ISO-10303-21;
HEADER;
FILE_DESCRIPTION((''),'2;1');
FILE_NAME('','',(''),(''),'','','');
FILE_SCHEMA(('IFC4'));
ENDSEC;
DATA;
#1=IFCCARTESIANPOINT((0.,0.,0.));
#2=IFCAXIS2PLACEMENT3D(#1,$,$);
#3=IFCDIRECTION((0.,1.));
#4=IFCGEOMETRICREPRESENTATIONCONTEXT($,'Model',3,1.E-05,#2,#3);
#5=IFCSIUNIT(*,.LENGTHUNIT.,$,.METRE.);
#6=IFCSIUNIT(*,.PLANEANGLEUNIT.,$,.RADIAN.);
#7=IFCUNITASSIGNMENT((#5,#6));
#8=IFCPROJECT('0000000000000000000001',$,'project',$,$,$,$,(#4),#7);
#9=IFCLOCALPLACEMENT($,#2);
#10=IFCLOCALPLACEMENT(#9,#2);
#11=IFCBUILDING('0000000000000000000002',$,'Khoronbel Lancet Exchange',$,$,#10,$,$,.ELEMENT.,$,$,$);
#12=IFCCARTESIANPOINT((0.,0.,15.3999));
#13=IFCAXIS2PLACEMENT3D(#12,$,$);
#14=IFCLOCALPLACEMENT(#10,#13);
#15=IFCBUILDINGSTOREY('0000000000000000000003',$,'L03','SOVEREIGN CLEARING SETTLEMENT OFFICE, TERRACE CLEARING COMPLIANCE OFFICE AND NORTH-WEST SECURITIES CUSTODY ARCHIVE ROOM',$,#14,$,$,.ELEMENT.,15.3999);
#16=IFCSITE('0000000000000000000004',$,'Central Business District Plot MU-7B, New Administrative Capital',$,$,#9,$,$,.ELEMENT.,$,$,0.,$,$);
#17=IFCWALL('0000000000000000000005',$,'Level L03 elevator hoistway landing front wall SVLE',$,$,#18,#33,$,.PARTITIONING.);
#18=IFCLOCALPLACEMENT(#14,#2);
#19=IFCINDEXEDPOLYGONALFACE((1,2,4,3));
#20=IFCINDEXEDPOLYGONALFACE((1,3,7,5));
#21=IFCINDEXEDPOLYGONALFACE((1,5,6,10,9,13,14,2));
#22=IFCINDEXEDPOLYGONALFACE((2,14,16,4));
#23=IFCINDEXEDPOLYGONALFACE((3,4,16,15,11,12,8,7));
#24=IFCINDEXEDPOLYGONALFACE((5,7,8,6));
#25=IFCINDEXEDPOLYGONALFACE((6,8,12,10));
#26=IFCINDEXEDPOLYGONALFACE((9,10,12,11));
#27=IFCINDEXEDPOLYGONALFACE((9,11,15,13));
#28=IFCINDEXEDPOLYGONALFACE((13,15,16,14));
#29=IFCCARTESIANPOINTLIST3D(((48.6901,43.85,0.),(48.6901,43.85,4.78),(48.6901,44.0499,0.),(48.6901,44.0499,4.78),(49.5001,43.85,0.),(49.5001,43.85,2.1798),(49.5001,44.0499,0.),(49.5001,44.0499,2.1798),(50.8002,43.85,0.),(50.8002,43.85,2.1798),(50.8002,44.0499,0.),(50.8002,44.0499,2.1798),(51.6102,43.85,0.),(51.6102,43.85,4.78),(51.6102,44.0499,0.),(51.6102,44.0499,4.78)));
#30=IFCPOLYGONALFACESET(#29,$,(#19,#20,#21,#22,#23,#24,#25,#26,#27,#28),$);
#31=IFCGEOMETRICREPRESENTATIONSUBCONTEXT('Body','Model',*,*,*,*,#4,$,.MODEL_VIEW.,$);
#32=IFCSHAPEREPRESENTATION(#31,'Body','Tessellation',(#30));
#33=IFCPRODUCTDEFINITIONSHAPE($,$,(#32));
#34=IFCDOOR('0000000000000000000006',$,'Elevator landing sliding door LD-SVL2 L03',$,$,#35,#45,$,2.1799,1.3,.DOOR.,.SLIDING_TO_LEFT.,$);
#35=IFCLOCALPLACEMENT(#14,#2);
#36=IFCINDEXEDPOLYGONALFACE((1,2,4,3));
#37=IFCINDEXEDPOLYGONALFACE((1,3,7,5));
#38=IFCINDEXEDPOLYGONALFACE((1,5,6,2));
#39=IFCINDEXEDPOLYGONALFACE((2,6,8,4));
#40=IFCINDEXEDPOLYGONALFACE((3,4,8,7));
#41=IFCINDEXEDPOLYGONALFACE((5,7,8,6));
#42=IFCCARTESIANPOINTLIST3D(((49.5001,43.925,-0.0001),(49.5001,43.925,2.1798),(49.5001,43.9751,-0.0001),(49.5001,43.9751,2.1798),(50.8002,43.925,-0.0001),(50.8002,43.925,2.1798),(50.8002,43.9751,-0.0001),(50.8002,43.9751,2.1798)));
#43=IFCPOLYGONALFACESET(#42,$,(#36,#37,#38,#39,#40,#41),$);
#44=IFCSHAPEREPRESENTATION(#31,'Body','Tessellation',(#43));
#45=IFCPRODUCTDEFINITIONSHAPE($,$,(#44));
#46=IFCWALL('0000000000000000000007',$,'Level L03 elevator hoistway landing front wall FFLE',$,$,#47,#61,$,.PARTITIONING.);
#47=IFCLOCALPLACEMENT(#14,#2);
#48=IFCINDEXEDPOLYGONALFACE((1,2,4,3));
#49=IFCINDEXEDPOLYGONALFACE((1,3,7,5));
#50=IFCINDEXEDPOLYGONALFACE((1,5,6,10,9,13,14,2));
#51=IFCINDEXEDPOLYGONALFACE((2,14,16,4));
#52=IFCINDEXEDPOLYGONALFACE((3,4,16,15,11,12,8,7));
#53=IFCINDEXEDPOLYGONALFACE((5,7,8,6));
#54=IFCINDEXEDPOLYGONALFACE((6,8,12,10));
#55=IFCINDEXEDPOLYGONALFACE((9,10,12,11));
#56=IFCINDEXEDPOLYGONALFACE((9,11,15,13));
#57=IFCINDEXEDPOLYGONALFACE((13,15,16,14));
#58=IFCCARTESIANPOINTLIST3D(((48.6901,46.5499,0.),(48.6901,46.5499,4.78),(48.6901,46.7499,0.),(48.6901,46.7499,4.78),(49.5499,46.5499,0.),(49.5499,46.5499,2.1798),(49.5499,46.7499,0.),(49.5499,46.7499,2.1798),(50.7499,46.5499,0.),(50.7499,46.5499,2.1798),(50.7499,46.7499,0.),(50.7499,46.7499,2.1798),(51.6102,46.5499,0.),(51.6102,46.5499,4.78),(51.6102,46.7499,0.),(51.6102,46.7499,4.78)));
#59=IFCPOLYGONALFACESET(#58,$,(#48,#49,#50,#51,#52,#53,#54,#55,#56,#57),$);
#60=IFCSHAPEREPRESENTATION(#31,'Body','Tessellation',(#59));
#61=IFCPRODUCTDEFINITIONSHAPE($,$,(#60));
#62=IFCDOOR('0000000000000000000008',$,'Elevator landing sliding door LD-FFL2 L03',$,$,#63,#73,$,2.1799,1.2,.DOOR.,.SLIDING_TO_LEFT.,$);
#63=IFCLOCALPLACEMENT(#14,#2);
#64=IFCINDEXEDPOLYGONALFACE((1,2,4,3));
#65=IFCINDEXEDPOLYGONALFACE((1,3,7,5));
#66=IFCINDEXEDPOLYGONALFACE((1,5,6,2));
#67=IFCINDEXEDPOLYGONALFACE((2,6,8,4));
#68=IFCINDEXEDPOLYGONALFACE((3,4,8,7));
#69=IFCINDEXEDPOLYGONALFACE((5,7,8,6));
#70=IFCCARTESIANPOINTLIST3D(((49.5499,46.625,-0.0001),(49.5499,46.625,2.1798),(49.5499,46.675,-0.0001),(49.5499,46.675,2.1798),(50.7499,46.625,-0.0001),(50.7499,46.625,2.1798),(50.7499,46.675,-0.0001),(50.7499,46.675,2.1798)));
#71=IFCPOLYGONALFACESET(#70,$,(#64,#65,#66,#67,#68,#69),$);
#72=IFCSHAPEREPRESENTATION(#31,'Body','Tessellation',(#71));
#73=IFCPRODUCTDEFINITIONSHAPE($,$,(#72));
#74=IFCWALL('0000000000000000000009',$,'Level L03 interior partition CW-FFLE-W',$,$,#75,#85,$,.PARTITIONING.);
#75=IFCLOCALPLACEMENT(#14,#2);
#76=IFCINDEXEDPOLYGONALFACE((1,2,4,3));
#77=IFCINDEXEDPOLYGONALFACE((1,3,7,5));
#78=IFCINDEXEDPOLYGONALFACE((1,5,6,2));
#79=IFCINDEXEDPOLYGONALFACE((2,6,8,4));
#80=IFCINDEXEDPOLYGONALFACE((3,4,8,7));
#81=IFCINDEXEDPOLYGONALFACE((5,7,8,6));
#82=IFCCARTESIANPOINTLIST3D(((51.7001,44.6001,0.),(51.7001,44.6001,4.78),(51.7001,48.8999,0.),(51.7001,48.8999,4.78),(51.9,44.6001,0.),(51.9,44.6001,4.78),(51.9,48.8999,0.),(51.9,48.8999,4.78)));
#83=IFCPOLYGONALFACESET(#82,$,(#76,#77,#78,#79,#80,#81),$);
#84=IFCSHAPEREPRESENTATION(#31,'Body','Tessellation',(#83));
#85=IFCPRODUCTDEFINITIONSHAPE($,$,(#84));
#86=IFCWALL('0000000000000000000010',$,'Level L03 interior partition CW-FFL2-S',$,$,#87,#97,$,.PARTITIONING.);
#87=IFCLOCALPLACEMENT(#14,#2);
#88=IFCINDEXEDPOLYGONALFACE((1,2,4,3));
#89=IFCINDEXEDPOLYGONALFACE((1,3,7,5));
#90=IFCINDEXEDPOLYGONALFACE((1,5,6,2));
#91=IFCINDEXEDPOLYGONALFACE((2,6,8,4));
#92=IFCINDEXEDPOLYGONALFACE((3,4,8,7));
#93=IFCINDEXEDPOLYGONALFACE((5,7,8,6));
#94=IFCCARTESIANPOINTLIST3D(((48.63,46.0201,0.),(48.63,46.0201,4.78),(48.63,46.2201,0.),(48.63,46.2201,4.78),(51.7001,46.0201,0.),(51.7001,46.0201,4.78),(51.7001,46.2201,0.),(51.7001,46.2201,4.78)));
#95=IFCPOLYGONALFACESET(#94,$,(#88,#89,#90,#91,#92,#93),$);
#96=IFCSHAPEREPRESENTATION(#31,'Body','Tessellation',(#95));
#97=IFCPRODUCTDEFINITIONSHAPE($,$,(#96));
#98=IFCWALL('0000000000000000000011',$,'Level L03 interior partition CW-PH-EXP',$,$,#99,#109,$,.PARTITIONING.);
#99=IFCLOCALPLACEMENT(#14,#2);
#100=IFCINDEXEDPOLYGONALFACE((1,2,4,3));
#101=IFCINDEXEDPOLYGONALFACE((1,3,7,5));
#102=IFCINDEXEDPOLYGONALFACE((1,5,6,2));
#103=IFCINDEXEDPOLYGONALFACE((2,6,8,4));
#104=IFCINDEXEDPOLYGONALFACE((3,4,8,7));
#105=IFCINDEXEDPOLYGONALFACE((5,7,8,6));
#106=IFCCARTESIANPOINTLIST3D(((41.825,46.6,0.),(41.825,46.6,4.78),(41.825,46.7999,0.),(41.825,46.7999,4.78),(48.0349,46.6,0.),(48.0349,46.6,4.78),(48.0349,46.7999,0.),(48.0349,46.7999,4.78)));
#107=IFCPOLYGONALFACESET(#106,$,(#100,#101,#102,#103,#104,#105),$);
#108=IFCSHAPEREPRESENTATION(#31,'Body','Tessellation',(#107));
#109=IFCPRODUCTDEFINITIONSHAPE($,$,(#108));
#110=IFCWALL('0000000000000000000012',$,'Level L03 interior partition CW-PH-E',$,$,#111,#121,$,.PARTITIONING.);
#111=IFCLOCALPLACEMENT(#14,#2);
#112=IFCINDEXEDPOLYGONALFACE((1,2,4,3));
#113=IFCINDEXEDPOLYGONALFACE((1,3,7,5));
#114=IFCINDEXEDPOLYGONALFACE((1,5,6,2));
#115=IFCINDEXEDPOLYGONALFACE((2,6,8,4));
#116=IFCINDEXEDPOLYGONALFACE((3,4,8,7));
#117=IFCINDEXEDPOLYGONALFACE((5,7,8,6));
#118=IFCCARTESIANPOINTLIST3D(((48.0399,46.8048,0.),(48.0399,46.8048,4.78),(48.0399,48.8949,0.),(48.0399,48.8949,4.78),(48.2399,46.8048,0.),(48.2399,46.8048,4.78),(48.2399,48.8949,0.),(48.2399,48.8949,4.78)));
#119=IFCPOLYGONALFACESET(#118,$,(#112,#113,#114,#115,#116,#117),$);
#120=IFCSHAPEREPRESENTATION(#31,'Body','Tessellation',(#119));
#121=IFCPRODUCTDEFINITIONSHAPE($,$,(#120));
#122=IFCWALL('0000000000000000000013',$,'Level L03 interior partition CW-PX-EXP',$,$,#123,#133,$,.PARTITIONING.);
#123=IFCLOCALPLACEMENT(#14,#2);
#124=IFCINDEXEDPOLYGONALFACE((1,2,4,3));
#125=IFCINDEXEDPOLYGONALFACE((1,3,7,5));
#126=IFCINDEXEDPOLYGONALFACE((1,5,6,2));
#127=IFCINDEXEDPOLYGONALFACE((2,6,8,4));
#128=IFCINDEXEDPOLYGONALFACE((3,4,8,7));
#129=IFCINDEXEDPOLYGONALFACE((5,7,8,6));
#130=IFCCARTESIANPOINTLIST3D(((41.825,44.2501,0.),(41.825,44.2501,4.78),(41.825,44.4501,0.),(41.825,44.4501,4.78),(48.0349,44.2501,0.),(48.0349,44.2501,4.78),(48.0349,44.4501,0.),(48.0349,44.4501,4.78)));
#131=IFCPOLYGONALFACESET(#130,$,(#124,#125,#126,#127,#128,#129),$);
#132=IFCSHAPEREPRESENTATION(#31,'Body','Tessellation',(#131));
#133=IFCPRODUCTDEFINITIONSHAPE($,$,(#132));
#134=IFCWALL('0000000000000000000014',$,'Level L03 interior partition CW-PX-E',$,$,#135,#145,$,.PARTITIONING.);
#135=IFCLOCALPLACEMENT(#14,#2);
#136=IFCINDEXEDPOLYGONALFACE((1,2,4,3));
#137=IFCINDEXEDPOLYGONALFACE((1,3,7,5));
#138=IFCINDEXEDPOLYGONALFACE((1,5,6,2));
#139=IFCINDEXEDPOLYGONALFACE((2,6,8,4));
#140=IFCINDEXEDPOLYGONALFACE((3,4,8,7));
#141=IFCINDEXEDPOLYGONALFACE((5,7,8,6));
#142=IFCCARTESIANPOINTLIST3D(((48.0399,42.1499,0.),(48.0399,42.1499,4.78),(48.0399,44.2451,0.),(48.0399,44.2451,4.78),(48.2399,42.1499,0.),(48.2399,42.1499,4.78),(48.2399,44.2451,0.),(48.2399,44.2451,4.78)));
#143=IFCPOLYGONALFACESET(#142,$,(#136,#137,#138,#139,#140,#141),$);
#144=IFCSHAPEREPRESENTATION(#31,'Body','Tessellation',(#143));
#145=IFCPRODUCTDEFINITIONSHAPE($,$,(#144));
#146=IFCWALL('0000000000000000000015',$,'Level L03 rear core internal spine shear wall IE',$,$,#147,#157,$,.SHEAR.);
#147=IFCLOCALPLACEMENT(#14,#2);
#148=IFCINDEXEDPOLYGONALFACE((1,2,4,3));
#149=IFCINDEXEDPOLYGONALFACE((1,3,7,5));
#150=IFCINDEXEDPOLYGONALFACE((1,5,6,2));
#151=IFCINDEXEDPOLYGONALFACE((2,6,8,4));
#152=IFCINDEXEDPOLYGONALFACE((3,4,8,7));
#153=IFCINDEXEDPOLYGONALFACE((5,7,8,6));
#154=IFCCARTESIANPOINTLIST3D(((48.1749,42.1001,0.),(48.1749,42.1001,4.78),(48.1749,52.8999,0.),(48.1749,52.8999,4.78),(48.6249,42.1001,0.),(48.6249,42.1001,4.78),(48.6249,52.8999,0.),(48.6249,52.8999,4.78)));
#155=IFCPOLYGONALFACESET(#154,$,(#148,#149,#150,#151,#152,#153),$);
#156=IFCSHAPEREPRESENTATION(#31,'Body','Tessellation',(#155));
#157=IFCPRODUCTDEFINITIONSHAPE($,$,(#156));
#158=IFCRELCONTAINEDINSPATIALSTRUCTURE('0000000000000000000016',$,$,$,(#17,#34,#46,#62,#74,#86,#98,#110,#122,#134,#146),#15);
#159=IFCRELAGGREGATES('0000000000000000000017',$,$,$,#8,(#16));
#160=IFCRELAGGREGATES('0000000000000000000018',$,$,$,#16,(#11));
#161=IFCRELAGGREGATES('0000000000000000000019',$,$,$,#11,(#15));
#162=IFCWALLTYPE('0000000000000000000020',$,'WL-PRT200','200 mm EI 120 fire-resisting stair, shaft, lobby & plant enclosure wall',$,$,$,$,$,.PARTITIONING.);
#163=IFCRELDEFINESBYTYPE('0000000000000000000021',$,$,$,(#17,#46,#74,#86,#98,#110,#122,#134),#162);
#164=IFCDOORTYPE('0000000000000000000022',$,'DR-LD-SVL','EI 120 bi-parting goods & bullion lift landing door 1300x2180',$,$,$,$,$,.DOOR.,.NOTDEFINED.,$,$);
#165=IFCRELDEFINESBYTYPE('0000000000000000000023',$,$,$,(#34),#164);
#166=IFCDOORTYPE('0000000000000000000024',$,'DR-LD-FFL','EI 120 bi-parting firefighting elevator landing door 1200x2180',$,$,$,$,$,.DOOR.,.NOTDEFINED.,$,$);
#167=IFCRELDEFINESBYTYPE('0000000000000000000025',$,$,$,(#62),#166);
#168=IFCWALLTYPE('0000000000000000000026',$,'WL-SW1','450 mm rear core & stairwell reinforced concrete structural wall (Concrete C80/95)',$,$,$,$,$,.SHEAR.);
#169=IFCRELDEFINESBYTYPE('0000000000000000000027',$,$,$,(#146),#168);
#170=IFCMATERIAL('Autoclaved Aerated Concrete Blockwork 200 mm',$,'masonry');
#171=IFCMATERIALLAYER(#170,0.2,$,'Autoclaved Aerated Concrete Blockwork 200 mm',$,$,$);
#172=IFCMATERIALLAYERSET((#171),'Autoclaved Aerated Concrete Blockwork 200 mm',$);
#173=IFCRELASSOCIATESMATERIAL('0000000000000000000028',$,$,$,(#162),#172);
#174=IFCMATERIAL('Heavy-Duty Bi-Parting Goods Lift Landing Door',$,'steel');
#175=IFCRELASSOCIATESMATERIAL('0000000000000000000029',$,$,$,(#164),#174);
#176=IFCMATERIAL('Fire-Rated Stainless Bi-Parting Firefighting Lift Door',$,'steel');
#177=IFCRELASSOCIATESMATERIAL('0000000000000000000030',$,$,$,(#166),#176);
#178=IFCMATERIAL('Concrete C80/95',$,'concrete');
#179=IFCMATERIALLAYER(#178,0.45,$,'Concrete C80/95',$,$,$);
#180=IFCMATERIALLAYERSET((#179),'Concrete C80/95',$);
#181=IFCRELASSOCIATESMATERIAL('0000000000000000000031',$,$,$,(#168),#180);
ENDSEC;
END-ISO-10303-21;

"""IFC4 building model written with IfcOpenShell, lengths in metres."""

from ifc_helpers import new_model, si_unit, direction, frame, frame_2d, origin, place, context, subcontext, project, spatial, rectangle, extrude, material, layer, layer_set, type_object, element, fill, save


model = new_model("IFC4")

# Units and contexts
model_context = context("Model", 3, precision=1e-05, world=origin(), true_north=direction((0.0, 1.0)))
body_context = subcontext(model_context, "Body", "Model", "MODEL_VIEW")
ifc_project = project(units=[si_unit("LENGTHUNIT", "METRE"), si_unit("PLANEANGLEUNIT", "RADIAN")], contexts=[model_context])

# Site, building, storey
site_placement = place(None, origin())
site = spatial("IfcSite", under=ifc_project, at=site_placement, Name="Central Business District Plot MU-7B, New Administrative Capital", CompositionType="ELEMENT", RefElevation=0.0)
building_placement = place(site_placement, origin())
building = spatial("IfcBuilding", under=site, at=building_placement, Name="Khoronbel Lancet Exchange", CompositionType="ELEMENT")
storey_placement = place(building_placement, frame((0.0, 0.0, 15.3999)))
storey = spatial("IfcBuildingStorey", under=building, at=storey_placement, Name="L03", Description="SOVEREIGN CLEARING SETTLEMENT OFFICE, TERRACE CLEARING COMPLIANCE OFFICE AND NORTH-WEST SECURITIES CUSTODY ARCHIVE ROOM", CompositionType="ELEMENT", Elevation=15.3999)

# Walls, openings, doors
ifc_material_1 = material(Name="Autoclaved Aerated Concrete Blockwork 200 mm", Category="masonry")
ifc_layer_1 = layer(ifc_material_1, 0.2, Name="Autoclaved Aerated Concrete Blockwork 200 mm")
ifc_layer_set_1 = layer_set([ifc_layer_1], Name="Autoclaved Aerated Concrete Blockwork 200 mm")
wall_type_1 = type_object("IfcWallType", Name="WL-PRT200", Description="200 mm EI 120 fire-resisting stair, shaft, lobby & plant enclosure wall", PredefinedType="PARTITIONING", material=ifc_layer_set_1)
wall_1_placement = place(storey_placement, frame((51.6101, 43.95, 0.0), z_axis=(0.0, 0.0, 1.0), x_axis=(-1.0, 0.0, 0.0)))
wall_1 = element("IfcWall", 1, at=wall_1_placement, inside=storey, type_object=wall_type_1, Name="Level L03 elevator hoistway landing front wall SVLE", PredefinedType="PARTITIONING", context=body_context, shape_type="SweptSolid", body=[
    extrude(rectangle(XDim=2.9202, YDim=0.2, at=frame_2d((1.46, 0.0))), origin(), (0.0, 0.0, 1.0), 4.78),
])
opening_1_placement = place(wall_1_placement, frame((0.8101, 0.0, 0.0)))
opening_1 = element("IfcOpeningElement", 2, at=opening_1_placement, cuts=wall_1, PredefinedType="OPENING", context=body_context, shape_type="SweptSolid", body=[
    extrude(rectangle(XDim=1.3, YDim=2.1799, at=frame_2d((0.6499, 1.0898))), frame((0.0, 0.1099, 0.0), z_axis=(0.0, -1.0, 0.0), x_axis=(1.0, 0.0, 0.0)), (0.0, 0.0, 1.0), 0.22),
])
ifc_material_2 = material(Name="Heavy-Duty Bi-Parting Goods Lift Landing Door", Category="steel")
door_type_1 = type_object("IfcDoorType", Name="DR-LD-SVL", Description="EI 120 bi-parting goods & bullion lift landing door 1300x2180", OperationType="NOTDEFINED", PredefinedType="DOOR", material=ifc_material_2)
door_1_placement = place(opening_1_placement, origin())
door_1 = element("IfcDoor", 3, at=door_1_placement, inside=storey, type_object=door_type_1, Name="Elevator landing sliding door LD-SVL2 L03", OperationType="SLIDING_TO_LEFT", OverallHeight=2.1799, OverallWidth=1.3, PredefinedType="DOOR", context=body_context, shape_type="SweptSolid", body=[
    extrude(rectangle(XDim=1.3, YDim=2.1799, at=frame_2d((0.6499, 1.0898))), frame((0.0, 0.0249, 0.0), z_axis=(0.0, -1.0, 0.0), x_axis=(1.0, 0.0, 0.0)), (0.0, 0.0, 1.0), 0.05),
])
fill(opening_1, door_1)
wall_2_placement = place(storey_placement, frame((51.6101, 46.6499, 0.0), z_axis=(0.0, 0.0, 1.0), x_axis=(-1.0, 0.0, 0.0)))
wall_2 = element("IfcWall", 4, at=wall_2_placement, inside=storey, type_object=wall_type_1, Name="Level L03 elevator hoistway landing front wall FFLE", PredefinedType="PARTITIONING", context=body_context, shape_type="SweptSolid", body=[
    extrude(rectangle(XDim=2.9202, YDim=0.2, at=frame_2d((1.46, 0.0))), origin(), (0.0, 0.0, 1.0), 4.78),
])
opening_2_placement = place(wall_2_placement, frame((0.8601, 0.0, 0.0)))
opening_2 = element("IfcOpeningElement", 5, at=opening_2_placement, cuts=wall_2, PredefinedType="OPENING", context=body_context, shape_type="SweptSolid", body=[
    extrude(rectangle(XDim=1.2, YDim=2.1799, at=frame_2d((0.6001, 1.0898))), frame((0.0, 0.1099, 0.0), z_axis=(0.0, -1.0, 0.0), x_axis=(1.0, 0.0, 0.0)), (0.0, 0.0, 1.0), 0.22),
])
ifc_material_3 = material(Name="Fire-Rated Stainless Bi-Parting Firefighting Lift Door", Category="steel")
door_type_2 = type_object("IfcDoorType", Name="DR-LD-FFL", Description="EI 120 bi-parting firefighting elevator landing door 1200x2180", OperationType="NOTDEFINED", PredefinedType="DOOR", material=ifc_material_3)
door_2_placement = place(opening_2_placement, origin())
door_2 = element("IfcDoor", 6, at=door_2_placement, inside=storey, type_object=door_type_2, Name="Elevator landing sliding door LD-FFL2 L03", OperationType="SLIDING_TO_LEFT", OverallHeight=2.1799, OverallWidth=1.2, PredefinedType="DOOR", context=body_context, shape_type="SweptSolid", body=[
    extrude(rectangle(XDim=1.2, YDim=2.1799, at=frame_2d((0.6001, 1.0898))), frame((0.0, 0.0249, 0.0), z_axis=(0.0, -1.0, 0.0), x_axis=(1.0, 0.0, 0.0)), (0.0, 0.0, 1.0), 0.05),
])
fill(opening_2, door_2)

# Wall
wall_3_placement = place(storey_placement, frame((51.8, 44.6001, 0.0), z_axis=(0.0, 0.0, 1.0), x_axis=(0.0, 1.0, 0.0)))
element("IfcWall", 7, at=wall_3_placement, inside=storey, type_object=wall_type_1, Name="Level L03 interior partition CW-FFLE-W", PredefinedType="PARTITIONING", context=body_context, shape_type="SweptSolid", body=[
    extrude(rectangle(XDim=4.2998, YDim=0.2, at=frame_2d((2.1499, 0.0))), origin(), (0.0, 0.0, 1.0), 4.78),
])

# Wall
wall_4_placement = place(storey_placement, frame((48.6299, 46.1201, 0.0), z_axis=(0.0, 0.0, 1.0), x_axis=(1.0, 0.0, 0.0)))
element("IfcWall", 8, at=wall_4_placement, inside=storey, type_object=wall_type_1, Name="Level L03 interior partition CW-FFL2-S", PredefinedType="PARTITIONING", context=body_context, shape_type="SweptSolid", body=[
    extrude(rectangle(XDim=3.0701, YDim=0.2, at=frame_2d((1.5352, 0.0))), origin(), (0.0, 0.0, 1.0), 4.78),
])

# Walls
wall_5_placement = place(storey_placement, frame((41.825, 46.7, 0.0), z_axis=(0.0, 0.0, 1.0), x_axis=(1.0, 0.0, 0.0)))
element("IfcWall", 9, at=wall_5_placement, inside=storey, type_object=wall_type_1, Name="Level L03 interior partition CW-PH-EXP", PredefinedType="PARTITIONING", context=body_context, shape_type="SweptSolid", body=[
    extrude(rectangle(XDim=6.21, YDim=0.2, at=frame_2d((3.105, 0.0))), origin(), (0.0, 0.0, 1.0), 4.78),
])
wall_6_placement = place(storey_placement, frame((48.1399, 46.8049, 0.0), z_axis=(0.0, 0.0, 1.0), x_axis=(0.0, 1.0, 0.0)))
element("IfcWall", 10, at=wall_6_placement, inside=storey, type_object=wall_type_1, Name="Level L03 interior partition CW-PH-E", PredefinedType="PARTITIONING", context=body_context, shape_type="SweptSolid", body=[
    extrude(rectangle(XDim=2.0901, YDim=0.2, at=frame_2d((1.0449, 0.0))), origin(), (0.0, 0.0, 1.0), 4.78),
])
wall_7_placement = place(storey_placement, frame((41.825, 44.3501, 0.0), z_axis=(0.0, 0.0, 1.0), x_axis=(1.0, 0.0, 0.0)))
element("IfcWall", 11, at=wall_7_placement, inside=storey, type_object=wall_type_1, Name="Level L03 interior partition CW-PX-EXP", PredefinedType="PARTITIONING", context=body_context, shape_type="SweptSolid", body=[
    extrude(rectangle(XDim=6.21, YDim=0.2, at=frame_2d((3.105, 0.0))), origin(), (0.0, 0.0, 1.0), 4.78),
])
wall_8_placement = place(storey_placement, frame((48.1399, 42.1499, 0.0), z_axis=(0.0, 0.0, 1.0), x_axis=(0.0, 1.0, 0.0)))
element("IfcWall", 12, at=wall_8_placement, inside=storey, type_object=wall_type_1, Name="Level L03 interior partition CW-PX-E", PredefinedType="PARTITIONING", context=body_context, shape_type="SweptSolid", body=[
    extrude(rectangle(XDim=2.0952, YDim=0.2, at=frame_2d((1.0476, 0.0))), origin(), (0.0, 0.0, 1.0), 4.78),
])
ifc_material_4 = material(Name="Concrete C80/95", Category="concrete")
ifc_layer_2 = layer(ifc_material_4, 0.45, Name="Concrete C80/95")
ifc_layer_set_2 = layer_set([ifc_layer_2], Name="Concrete C80/95")
wall_type_2 = type_object("IfcWallType", Name="WL-SW1", Description="450 mm rear core & stairwell reinforced concrete structural wall (Concrete C80/95)", PredefinedType="SHEAR", material=ifc_layer_set_2)
wall_9_placement = place(storey_placement, frame((48.3999, 42.1001, 0.0), z_axis=(0.0, 0.0, 1.0), x_axis=(0.0, 1.0, 0.0)))
element("IfcWall", 13, at=wall_9_placement, inside=storey, type_object=wall_type_2, Name="Level L03 rear core internal spine shear wall IE", PredefinedType="SHEAR", context=body_context, shape_type="SweptSolid", body=[
    extrude(rectangle(XDim=10.7998, YDim=0.45, at=frame_2d((5.3999, 0.0))), origin(), (0.0, 0.0, 1.0), 4.78),
])

save(model, "model.ifc")
